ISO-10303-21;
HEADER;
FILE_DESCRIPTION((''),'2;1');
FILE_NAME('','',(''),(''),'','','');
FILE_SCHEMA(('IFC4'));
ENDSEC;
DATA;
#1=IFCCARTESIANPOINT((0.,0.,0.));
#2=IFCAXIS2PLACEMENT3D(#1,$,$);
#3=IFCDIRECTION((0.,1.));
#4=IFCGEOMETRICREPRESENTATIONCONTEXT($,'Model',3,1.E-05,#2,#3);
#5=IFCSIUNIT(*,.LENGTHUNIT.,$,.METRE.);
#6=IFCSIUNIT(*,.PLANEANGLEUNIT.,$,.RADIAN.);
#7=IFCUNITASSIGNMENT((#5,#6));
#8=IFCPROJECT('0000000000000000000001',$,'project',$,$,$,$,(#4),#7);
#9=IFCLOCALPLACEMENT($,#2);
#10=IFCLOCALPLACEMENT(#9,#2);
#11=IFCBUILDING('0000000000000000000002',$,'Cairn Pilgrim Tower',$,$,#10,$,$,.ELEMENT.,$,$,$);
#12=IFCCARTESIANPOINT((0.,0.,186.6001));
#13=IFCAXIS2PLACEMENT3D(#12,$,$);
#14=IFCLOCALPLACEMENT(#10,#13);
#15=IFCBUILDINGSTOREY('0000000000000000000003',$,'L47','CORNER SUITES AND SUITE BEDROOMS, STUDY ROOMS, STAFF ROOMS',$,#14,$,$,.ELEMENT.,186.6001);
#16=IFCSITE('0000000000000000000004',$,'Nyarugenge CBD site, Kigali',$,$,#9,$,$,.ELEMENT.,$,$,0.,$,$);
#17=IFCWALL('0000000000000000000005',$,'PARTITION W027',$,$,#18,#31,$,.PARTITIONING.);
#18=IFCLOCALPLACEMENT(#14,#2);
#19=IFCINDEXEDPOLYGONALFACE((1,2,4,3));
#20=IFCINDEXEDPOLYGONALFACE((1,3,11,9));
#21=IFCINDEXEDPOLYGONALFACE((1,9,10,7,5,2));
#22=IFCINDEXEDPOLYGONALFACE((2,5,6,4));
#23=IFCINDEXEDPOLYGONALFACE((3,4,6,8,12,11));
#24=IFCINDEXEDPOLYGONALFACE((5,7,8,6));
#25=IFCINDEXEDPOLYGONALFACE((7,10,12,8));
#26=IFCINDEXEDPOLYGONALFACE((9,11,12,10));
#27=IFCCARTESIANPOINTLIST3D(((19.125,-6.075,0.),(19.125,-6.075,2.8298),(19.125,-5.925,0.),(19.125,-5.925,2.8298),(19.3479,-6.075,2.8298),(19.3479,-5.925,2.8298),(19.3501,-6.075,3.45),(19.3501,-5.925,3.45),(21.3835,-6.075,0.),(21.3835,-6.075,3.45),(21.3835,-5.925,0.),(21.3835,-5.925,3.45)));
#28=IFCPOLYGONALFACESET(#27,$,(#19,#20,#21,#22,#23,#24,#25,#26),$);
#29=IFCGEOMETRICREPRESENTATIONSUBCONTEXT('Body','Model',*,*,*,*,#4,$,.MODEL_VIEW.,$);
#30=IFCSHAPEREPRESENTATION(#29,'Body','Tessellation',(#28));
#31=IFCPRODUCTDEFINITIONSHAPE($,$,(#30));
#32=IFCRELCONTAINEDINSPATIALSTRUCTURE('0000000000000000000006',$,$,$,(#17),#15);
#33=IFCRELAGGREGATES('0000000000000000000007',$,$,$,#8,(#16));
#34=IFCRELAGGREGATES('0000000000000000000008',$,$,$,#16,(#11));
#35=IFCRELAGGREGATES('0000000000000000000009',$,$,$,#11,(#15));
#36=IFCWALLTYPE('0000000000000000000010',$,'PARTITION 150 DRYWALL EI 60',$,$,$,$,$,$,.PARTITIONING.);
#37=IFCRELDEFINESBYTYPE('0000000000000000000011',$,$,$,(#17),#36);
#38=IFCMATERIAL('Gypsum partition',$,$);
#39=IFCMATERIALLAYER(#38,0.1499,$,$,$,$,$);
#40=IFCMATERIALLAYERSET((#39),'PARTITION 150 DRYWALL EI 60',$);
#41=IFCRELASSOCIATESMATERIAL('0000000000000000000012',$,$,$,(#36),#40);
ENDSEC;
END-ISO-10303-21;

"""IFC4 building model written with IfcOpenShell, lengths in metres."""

from ifc_helpers import new_model, si_unit, direction, frame, origin, place, context, subcontext, project, spatial, polyline, outline, extrude, material, layer, layer_set, type_object, element, save


model = new_model("IFC4")

# Units and contexts
model_context = context("Model", 3, precision=1e-05, world=origin(), true_north=direction((0.0, 1.0)))
body_context = subcontext(model_context, "Body", "Model", "MODEL_VIEW")
ifc_project = project(units=[si_unit("LENGTHUNIT", "METRE"), si_unit("PLANEANGLEUNIT", "RADIAN")], contexts=[model_context])

# Site, building, storey
site_placement = place(None, origin())
site = spatial("IfcSite", under=ifc_project, at=site_placement, Name="Nyarugenge CBD site, Kigali", CompositionType="ELEMENT", RefElevation=0.0)
building_placement = place(site_placement, origin())
building = spatial("IfcBuilding", under=site, at=building_placement, Name="Cairn Pilgrim Tower", CompositionType="ELEMENT")
storey_placement = place(building_placement, frame((0.0, 0.0, 186.6001)))
storey = spatial("IfcBuildingStorey", under=building, at=storey_placement, Name="L47", Description="CORNER SUITES AND SUITE BEDROOMS, STUDY ROOMS, STAFF ROOMS", CompositionType="ELEMENT", Elevation=186.6001)

# Shared definitions
ifc_material_1 = material(Name="Gypsum partition")

# Shared definitions
ifc_layer_1 = layer(ifc_material_1, 0.1499)
ifc_layer_set_1 = layer_set([ifc_layer_1], Name="PARTITION 150 DRYWALL EI 60")
wall_type_1 = type_object("IfcWallType", Name="PARTITION 150 DRYWALL EI 60", PredefinedType="PARTITIONING", material=ifc_layer_set_1)

# Wall
wall_1_placement = place(storey_placement, frame((19.125, -6.0, 0.0), z_axis=(0.0, 0.0, 1.0), x_axis=(1.0, 0.0, 0.0)))
element("IfcWall", 1, at=wall_1_placement, inside=storey, type_object=wall_type_1, Name="PARTITION W027", PredefinedType="PARTITIONING", context=body_context, shape_type="SweptSolid", body=[
    extrude(outline(polyline([(0.0, 0.0), (2.2585, 0.0), (2.2585, 3.45), (0.2251, 3.45), (0.2229, 2.8298), (0.0, 2.8298), (0.0, 0.0)])), frame((0.0, 0.075, 0.0), z_axis=(0.0, -1.0, 0.0), x_axis=(1.0, 0.0, 0.0)), (0.0, 0.0, 1.0), 0.1499),
])

save(model, "model.ifc")
